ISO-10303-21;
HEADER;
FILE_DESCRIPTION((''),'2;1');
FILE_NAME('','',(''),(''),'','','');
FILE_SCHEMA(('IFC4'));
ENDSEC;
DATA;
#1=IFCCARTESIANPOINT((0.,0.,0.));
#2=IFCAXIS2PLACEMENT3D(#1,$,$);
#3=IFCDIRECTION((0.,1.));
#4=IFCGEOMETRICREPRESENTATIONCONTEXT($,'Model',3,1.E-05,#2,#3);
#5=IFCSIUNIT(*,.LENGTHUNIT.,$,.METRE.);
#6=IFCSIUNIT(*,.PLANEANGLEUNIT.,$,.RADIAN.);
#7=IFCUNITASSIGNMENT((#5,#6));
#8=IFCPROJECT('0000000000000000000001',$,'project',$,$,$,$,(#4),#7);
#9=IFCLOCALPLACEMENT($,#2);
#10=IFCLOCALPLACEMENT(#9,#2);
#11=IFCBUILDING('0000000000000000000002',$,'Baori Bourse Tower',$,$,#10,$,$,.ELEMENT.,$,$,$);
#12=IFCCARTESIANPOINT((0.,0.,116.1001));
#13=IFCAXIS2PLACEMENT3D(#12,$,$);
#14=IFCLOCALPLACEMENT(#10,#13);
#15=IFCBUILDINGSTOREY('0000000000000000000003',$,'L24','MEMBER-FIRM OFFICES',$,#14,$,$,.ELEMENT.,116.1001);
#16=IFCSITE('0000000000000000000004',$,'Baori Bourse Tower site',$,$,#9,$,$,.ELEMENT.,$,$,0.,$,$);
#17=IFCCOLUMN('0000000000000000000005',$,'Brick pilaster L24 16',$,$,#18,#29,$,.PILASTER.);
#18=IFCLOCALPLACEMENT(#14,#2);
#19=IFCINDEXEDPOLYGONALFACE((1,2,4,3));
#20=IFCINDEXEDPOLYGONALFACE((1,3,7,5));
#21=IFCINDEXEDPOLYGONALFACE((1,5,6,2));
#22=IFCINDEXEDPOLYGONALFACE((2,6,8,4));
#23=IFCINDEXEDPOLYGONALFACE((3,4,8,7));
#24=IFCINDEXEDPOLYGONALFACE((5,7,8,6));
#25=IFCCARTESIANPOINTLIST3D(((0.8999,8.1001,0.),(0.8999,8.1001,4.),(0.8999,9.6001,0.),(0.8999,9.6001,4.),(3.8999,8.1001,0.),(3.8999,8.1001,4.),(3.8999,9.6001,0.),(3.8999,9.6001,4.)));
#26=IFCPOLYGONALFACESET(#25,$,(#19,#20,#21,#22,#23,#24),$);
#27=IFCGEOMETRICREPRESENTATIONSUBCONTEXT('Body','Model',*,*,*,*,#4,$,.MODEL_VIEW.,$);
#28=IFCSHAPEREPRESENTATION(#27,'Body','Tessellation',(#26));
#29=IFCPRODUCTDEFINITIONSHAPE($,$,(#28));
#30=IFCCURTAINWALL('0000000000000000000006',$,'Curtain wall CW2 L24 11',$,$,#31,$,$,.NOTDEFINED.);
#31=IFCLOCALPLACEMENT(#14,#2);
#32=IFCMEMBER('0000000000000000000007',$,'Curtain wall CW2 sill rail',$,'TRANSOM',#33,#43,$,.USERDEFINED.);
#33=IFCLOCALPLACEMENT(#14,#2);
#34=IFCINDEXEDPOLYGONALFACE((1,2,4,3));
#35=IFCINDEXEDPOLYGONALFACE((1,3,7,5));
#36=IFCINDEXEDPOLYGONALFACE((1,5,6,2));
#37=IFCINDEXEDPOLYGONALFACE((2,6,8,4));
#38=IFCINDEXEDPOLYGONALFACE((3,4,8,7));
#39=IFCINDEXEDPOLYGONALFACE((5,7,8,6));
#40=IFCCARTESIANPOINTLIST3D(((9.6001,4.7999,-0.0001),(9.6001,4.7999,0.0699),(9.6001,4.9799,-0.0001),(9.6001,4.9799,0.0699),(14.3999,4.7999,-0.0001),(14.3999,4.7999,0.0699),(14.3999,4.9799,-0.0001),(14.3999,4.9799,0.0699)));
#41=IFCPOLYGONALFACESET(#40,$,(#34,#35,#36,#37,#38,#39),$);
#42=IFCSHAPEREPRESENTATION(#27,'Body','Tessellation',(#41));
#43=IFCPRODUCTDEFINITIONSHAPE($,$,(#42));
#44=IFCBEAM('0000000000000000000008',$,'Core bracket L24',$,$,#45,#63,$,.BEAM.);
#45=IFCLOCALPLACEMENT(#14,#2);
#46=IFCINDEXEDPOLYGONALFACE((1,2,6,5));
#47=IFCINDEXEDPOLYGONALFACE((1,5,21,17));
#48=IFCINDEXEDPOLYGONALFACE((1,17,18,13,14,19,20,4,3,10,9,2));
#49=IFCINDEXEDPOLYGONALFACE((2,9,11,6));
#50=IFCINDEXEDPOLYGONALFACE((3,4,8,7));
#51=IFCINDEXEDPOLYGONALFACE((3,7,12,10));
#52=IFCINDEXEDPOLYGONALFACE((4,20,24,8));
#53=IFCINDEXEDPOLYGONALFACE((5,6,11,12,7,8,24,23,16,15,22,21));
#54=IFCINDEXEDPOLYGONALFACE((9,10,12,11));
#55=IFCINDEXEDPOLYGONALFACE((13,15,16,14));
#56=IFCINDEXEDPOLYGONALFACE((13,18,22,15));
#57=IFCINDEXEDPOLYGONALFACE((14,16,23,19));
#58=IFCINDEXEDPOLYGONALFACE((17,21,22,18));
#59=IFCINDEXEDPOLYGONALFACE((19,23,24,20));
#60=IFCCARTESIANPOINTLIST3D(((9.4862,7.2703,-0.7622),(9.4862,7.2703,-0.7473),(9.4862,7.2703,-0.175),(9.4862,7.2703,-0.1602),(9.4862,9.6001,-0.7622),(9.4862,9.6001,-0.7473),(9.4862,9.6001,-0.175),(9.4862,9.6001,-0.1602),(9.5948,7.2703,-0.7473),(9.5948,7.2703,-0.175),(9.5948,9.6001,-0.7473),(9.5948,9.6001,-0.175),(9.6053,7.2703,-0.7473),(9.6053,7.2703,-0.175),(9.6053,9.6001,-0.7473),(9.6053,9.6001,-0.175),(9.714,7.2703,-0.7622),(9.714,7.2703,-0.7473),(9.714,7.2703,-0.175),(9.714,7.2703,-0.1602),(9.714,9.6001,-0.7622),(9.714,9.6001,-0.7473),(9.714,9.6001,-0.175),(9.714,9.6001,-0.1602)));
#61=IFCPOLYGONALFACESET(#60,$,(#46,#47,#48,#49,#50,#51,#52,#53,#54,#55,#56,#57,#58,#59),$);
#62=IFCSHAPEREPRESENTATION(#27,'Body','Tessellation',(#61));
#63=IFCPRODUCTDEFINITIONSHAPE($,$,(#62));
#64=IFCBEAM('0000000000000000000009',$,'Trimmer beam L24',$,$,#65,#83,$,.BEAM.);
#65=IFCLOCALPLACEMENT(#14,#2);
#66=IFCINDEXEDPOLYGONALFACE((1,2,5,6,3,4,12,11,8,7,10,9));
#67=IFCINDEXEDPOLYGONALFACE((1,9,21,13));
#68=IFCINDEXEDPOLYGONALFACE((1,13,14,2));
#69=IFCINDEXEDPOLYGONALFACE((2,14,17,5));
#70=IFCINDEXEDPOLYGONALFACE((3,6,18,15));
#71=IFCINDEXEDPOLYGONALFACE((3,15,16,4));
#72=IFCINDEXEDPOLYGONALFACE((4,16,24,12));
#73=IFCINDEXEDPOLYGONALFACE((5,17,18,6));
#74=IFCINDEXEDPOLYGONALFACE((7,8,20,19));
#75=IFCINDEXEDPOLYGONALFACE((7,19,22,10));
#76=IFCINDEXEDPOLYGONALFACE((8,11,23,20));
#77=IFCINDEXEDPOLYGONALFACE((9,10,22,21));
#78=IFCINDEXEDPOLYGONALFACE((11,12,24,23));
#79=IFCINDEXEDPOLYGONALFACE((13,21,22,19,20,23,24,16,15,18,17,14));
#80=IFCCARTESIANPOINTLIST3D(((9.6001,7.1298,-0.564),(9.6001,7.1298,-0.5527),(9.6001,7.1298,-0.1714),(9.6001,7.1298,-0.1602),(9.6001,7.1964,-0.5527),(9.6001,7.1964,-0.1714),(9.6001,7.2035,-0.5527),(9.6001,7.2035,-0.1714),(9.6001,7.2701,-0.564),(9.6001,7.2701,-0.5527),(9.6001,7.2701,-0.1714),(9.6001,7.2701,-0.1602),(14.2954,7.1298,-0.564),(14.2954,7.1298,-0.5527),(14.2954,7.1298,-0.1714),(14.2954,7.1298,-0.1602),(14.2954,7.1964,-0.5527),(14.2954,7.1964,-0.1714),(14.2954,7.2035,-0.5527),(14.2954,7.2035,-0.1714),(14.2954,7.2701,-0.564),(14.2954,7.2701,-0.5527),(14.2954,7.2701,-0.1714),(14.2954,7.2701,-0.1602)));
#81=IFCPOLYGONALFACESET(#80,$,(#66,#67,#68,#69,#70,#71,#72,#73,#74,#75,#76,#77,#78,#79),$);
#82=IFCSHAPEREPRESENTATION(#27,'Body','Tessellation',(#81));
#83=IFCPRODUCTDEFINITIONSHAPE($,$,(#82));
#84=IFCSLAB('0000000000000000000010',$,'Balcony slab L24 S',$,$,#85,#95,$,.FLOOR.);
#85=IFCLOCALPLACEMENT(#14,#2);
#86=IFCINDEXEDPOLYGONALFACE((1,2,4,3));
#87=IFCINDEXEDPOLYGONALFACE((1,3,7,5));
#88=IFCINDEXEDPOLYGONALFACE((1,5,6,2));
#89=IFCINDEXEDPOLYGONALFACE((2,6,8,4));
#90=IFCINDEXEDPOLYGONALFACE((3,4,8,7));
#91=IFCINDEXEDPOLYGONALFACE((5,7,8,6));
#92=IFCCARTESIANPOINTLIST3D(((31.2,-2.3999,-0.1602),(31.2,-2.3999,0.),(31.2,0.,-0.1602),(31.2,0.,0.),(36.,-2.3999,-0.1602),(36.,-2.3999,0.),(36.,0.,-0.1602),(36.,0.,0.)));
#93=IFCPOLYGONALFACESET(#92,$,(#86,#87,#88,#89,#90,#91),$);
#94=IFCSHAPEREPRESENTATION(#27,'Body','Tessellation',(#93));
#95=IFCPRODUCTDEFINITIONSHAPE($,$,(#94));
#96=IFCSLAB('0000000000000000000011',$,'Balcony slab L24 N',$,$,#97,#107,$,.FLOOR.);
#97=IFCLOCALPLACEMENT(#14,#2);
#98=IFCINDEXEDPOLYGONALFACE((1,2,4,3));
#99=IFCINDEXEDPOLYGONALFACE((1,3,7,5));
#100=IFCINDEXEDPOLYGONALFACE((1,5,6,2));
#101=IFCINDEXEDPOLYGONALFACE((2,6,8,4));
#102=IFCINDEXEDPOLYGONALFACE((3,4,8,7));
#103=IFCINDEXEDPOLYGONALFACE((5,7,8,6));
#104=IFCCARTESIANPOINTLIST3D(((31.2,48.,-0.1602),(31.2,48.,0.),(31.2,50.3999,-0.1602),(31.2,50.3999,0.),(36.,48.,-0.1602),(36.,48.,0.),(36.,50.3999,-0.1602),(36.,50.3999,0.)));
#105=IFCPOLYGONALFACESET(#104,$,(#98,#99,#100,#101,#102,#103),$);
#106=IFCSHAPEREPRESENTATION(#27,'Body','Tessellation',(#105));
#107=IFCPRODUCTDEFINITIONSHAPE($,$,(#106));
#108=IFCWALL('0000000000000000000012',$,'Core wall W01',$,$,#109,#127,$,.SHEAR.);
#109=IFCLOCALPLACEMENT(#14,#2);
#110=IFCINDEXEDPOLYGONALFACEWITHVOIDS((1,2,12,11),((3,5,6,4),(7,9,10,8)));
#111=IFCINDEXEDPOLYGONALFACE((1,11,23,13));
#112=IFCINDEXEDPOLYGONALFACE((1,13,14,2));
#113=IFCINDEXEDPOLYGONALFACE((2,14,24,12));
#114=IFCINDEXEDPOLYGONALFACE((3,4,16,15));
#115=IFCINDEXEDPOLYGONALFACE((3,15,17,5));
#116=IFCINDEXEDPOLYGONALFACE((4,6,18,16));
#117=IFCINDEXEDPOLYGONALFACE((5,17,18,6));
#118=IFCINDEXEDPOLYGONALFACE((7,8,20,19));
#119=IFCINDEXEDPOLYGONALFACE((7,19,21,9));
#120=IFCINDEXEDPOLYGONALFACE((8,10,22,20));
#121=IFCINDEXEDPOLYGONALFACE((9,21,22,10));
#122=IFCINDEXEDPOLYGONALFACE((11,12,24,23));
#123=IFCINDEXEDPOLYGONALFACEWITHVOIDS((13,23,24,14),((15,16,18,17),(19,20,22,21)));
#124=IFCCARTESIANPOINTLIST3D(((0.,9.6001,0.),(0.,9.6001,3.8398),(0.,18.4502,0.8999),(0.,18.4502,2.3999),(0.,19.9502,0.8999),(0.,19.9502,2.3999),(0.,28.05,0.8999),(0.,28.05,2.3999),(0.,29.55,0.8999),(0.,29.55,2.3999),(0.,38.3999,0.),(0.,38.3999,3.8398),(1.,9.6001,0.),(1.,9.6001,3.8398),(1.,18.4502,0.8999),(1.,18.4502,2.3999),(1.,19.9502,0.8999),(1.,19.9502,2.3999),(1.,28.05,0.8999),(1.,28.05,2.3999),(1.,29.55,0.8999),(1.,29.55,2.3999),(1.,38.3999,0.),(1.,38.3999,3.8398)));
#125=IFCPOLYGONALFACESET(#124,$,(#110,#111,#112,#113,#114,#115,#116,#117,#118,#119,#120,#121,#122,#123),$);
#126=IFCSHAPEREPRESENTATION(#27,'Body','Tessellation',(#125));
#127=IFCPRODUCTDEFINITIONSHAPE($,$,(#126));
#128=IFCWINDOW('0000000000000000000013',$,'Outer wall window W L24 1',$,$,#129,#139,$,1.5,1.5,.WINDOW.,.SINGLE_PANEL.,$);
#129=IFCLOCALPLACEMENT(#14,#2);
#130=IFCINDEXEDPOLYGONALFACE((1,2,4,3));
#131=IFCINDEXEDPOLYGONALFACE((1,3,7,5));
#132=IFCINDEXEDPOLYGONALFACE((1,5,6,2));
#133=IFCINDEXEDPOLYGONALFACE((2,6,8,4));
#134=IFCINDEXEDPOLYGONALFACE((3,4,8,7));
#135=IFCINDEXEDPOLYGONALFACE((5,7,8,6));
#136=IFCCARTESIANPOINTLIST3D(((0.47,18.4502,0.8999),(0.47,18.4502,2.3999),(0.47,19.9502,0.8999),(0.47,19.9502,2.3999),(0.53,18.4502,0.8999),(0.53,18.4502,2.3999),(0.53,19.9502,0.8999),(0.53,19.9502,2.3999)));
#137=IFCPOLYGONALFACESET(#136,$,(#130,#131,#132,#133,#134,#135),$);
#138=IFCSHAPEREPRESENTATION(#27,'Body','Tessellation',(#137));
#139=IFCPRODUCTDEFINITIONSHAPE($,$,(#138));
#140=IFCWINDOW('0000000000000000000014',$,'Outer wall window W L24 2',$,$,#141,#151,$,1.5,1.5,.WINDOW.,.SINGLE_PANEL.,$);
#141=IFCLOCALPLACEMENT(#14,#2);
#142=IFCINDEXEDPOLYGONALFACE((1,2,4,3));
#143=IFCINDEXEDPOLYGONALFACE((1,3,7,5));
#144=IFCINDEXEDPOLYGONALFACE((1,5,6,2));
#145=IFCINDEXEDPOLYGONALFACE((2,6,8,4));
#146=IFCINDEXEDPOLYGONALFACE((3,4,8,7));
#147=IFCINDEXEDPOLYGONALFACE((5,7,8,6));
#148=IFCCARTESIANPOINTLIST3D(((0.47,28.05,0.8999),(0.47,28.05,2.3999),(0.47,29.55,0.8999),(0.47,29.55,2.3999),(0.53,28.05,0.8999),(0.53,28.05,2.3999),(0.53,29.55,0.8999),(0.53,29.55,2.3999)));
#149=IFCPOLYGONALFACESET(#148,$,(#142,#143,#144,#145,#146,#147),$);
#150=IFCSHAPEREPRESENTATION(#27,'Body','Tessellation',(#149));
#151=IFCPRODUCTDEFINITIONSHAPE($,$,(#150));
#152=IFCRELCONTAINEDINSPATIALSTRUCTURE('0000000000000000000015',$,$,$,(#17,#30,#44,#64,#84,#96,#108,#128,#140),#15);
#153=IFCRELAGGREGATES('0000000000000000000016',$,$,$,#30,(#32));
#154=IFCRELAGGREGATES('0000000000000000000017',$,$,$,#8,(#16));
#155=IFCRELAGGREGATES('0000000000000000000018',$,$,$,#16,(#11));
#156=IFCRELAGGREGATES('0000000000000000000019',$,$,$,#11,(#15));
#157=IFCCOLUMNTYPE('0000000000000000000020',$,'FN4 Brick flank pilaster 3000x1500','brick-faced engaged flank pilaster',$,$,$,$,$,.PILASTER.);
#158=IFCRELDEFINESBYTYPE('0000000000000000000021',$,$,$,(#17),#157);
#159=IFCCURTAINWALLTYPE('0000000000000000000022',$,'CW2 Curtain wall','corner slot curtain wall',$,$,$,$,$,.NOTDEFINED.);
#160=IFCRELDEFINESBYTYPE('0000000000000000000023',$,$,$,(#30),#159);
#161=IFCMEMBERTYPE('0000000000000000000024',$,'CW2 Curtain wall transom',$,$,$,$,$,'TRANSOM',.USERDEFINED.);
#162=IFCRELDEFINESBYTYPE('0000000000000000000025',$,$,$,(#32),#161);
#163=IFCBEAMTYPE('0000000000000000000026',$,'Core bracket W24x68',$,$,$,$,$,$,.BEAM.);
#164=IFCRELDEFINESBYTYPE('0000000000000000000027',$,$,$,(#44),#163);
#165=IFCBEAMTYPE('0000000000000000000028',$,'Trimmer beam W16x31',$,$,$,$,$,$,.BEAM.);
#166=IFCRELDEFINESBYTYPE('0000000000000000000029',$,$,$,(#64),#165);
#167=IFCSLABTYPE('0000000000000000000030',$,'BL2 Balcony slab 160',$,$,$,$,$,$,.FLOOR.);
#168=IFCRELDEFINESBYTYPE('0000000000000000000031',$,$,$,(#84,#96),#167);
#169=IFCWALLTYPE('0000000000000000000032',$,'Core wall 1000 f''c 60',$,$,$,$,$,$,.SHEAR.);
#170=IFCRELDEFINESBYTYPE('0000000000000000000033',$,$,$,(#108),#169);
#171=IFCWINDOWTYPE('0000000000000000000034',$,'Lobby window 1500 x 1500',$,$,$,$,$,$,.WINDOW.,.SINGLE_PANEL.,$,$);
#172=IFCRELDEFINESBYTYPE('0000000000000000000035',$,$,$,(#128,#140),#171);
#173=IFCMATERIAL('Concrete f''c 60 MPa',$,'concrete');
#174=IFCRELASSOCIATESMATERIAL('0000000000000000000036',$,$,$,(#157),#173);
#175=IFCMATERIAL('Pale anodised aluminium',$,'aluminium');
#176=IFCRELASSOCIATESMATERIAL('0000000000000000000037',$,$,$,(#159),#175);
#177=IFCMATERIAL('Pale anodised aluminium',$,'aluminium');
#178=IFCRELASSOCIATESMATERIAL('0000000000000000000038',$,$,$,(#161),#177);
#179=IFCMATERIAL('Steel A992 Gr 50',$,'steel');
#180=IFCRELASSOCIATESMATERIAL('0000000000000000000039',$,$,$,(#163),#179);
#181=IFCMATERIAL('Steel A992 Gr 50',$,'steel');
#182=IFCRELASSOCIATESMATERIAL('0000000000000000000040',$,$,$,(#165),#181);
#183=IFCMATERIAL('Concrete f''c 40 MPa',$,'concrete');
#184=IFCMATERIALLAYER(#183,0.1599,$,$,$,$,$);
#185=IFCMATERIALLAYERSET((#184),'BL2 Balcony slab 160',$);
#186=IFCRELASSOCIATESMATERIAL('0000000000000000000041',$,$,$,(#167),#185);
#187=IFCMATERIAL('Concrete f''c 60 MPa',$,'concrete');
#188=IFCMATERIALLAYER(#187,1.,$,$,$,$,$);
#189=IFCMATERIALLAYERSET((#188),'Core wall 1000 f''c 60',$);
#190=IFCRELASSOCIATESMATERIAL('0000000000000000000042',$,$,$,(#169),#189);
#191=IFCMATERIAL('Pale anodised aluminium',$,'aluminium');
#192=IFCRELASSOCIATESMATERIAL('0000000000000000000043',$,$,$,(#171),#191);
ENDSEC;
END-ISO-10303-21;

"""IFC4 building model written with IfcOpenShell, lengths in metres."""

from ifc_helpers import new_model, si_unit, direction, frame, frame_2d, origin, origin_2d, place, context, subcontext, project, spatial, polyline, rectangle, i_section, outline, extrude, material, layer, layer_set, material_profile, profile_set, type_object, element, fill, aggregate, save


model = new_model("IFC4")

# Units and contexts
model_context = context("Model", 3, precision=1e-05, world=origin(), true_north=direction((0.0, 1.0)))
body_context = subcontext(model_context, "Body", "Model", "MODEL_VIEW")
ifc_project = project(units=[si_unit("LENGTHUNIT", "METRE"), si_unit("PLANEANGLEUNIT", "RADIAN")], contexts=[model_context])

# Site, building, storey
site_placement = place(None, origin())
site = spatial("IfcSite", under=ifc_project, at=site_placement, Name="Baori Bourse Tower site", CompositionType="ELEMENT", RefElevation=0.0)
building_placement = place(site_placement, origin())
building = spatial("IfcBuilding", under=site, at=building_placement, Name="Baori Bourse Tower", CompositionType="ELEMENT")
storey_placement = place(building_placement, frame((0.0, 0.0, 116.1001)))
storey = spatial("IfcBuildingStorey", under=building, at=storey_placement, Name="L24", Description="MEMBER-FIRM OFFICES", CompositionType="ELEMENT", Elevation=116.1001)

# Column
ifc_material_1 = material(Name="Concrete f'c 60 MPa", Category="concrete")
ifc_material_profile_1 = material_profile(ifc_material_1, rectangle(XDim=3.0, YDim=1.5, at=origin_2d()), Name="RC 3000x1500")
ifc_profile_set_1 = profile_set([ifc_material_profile_1], Name="Concrete f'c 60 MPa")
column_type = type_object("IfcColumnType", Name="FN4 Brick flank pilaster 3000x1500", Description="brick-faced engaged flank pilaster", PredefinedType="PILASTER", material=ifc_profile_set_1)
column_placement = place(storey_placement, frame((2.3999, 8.8501, 0.0), z_axis=(0.0, 0.0, 1.0), x_axis=(1.0, 0.0, 0.0)))
element("IfcColumn", 1, at=column_placement, inside=storey, type_object=column_type, Name="Brick pilaster L24 16", PredefinedType="PILASTER", context=body_context, shape_type="SweptSolid", body=[
    extrude(rectangle(XDim=3.0, YDim=1.5, at=origin_2d()), origin(), (0.0, 0.0, 1.0), 4.0),
])

# Curtain wall, member
ifc_material_2 = material(Name="Pale anodised aluminium", Category="aluminium")
curtain_wall_type = type_object("IfcCurtainWallType", Name="CW2 Curtain wall", Description="corner slot curtain wall", PredefinedType="NOTDEFINED", material=ifc_material_2)
curtain_wall_placement = place(storey_placement, origin())
curtain_wall = element("IfcCurtainWall", 2, at=curtain_wall_placement, inside=storey, type_object=curtain_wall_type, Name="Curtain wall CW2 L24 11", PredefinedType="NOTDEFINED")
ifc_material_3 = material(Name="Pale anodised aluminium", Category="aluminium")
ifc_material_profile_2 = material_profile(ifc_material_3, rectangle(XDim=0.1799, YDim=0.0701, at=origin_2d()), Name="Transom 70x180")
ifc_profile_set_2 = profile_set([ifc_material_profile_2], Name="Pale anodised aluminium")
member_type = type_object("IfcMemberType", Name="CW2 Curtain wall transom", ElementType="TRANSOM", PredefinedType="USERDEFINED", material=ifc_profile_set_2)
member_placement = place(storey_placement, frame((9.6001, 4.8899, 0.0349), z_axis=(1.0, 0.0, 0.0), x_axis=(0.0, 1.0, 0.0)))
member = element("IfcMember", 3, at=member_placement, type_object=member_type, Name="Curtain wall CW2 sill rail", ObjectType="TRANSOM", PredefinedType="USERDEFINED", context=body_context, shape_type="SweptSolid", body=[
    extrude(rectangle(XDim=0.1799, YDim=0.0701, at=origin_2d()), origin(), (0.0, 0.0, 1.0), 4.7998),
])
aggregate(curtain_wall, [member])

# Beams
ifc_material_4 = material(Name="Steel A992 Gr 50", Category="steel")
ifc_material_profile_3 = material_profile(ifc_material_4, i_section(OverallWidth=0.2278, OverallDepth=0.6021, WebThickness=0.0105, FlangeThickness=0.0149, at=origin_2d()), Name="W24x68")
ifc_profile_set_3 = profile_set([ifc_material_profile_3], Name="Steel A992 Gr 50")
beam_type_1 = type_object("IfcBeamType", Name="Core bracket W24x68", PredefinedType="BEAM", material=ifc_profile_set_3)
beam_1_placement = place(storey_placement, frame((9.6001, 7.2703, -0.4612), z_axis=(0.0, 1.0, 0.0), x_axis=(-1.0, 0.0, 0.0)))
element("IfcBeam", 4, at=beam_1_placement, inside=storey, type_object=beam_type_1, Name="Core bracket L24", PredefinedType="BEAM", context=body_context, shape_type="SweptSolid", body=[
    extrude(i_section(OverallWidth=0.2278, OverallDepth=0.6021, WebThickness=0.0105, FlangeThickness=0.0149, at=origin_2d()), origin(), (0.0, 0.0, 1.0), 2.3298),
])
ifc_material_5 = material(Name="Steel A992 Gr 50", Category="steel")
ifc_material_profile_4 = material_profile(ifc_material_5, i_section(OverallWidth=0.1404, OverallDepth=0.4038, WebThickness=0.0071, FlangeThickness=0.0112, at=origin_2d()), Name="W16x31")
ifc_profile_set_4 = profile_set([ifc_material_profile_4], Name="Steel A992 Gr 50")
beam_type_2 = type_object("IfcBeamType", Name="Trimmer beam W16x31", PredefinedType="BEAM", material=ifc_profile_set_4)
beam_2_placement = place(storey_placement, frame((9.6001, 7.2, -0.3621), z_axis=(1.0, 0.0, 0.0), x_axis=(0.0, 1.0, 0.0)))
element("IfcBeam", 5, at=beam_2_placement, inside=storey, type_object=beam_type_2, Name="Trimmer beam L24", PredefinedType="BEAM", context=body_context, shape_type="SweptSolid", body=[
    extrude(i_section(OverallWidth=0.1404, OverallDepth=0.4038, WebThickness=0.0071, FlangeThickness=0.0112, at=origin_2d()), origin(), (0.0, 0.0, 1.0), 4.6953),
])

# Slabs
ifc_material_6 = material(Name="Concrete f'c 40 MPa", Category="concrete")
ifc_layer_1 = layer(ifc_material_6, 0.1599)
ifc_layer_set_1 = layer_set([ifc_layer_1], Name="BL2 Balcony slab 160")
slab_type = type_object("IfcSlabType", Name="BL2 Balcony slab 160", PredefinedType="FLOOR", material=ifc_layer_set_1)
slab_1_placement = place(storey_placement, frame((0.0, 0.0, -0.1602)))
element("IfcSlab", 6, at=slab_1_placement, inside=storey, type_object=slab_type, Name="Balcony slab L24 S", PredefinedType="FLOOR", context=body_context, shape_type="SweptSolid", body=[
    extrude(outline(polyline([(31.2, 0.0), (31.2, -2.3999), (36.0, -2.3999), (36.0, 0.0), (31.2, 0.0)])), origin(), (0.0, 0.0, 1.0), 0.1602),
])
slab_2_placement = place(storey_placement, frame((0.0, 0.0, -0.1602)))
element("IfcSlab", 7, at=slab_2_placement, inside=storey, type_object=slab_type, Name="Balcony slab L24 N", PredefinedType="FLOOR", context=body_context, shape_type="SweptSolid", body=[
    extrude(outline(polyline([(31.2, 48.0), (36.0, 48.0), (36.0, 50.3999), (31.2, 50.3999), (31.2, 48.0)])), origin(), (0.0, 0.0, 1.0), 0.1602),
])

# Wall, openings, windows
ifc_material_7 = material(Name="Concrete f'c 60 MPa", Category="concrete")
ifc_layer_2 = layer(ifc_material_7, 1.0)
ifc_layer_set_2 = layer_set([ifc_layer_2], Name="Core wall 1000 f'c 60")
wall_type_1 = type_object("IfcWallType", Name="Core wall 1000 f'c 60", PredefinedType="SHEAR", material=ifc_layer_set_2)
wall_1_placement = place(storey_placement, frame((0.5, 9.6001, 0.0), z_axis=(0.0, 0.0, 1.0), x_axis=(0.0, 1.0, 0.0)))
wall_1 = element("IfcWall", 8, at=wall_1_placement, inside=storey, type_object=wall_type_1, Name="Core wall W01", PredefinedType="SHEAR", context=body_context, shape_type="SweptSolid", body=[
    extrude(rectangle(XDim=28.7998, YDim=1.0, at=frame_2d((14.3999, 0.0))), origin(), (0.0, 0.0, 1.0), 3.8398),
])
opening_1_placement = place(wall_1_placement, frame((8.8501, 0.0, 0.8999)))
opening_1 = element("IfcOpeningElement", 9, at=opening_1_placement, cuts=wall_1, PredefinedType="OPENING", context=body_context, shape_type="SweptSolid", body=[
    extrude(rectangle(XDim=1.5, YDim=1.5, at=frame_2d((0.75, 0.75))), frame((0.0, 0.51, 0.0), z_axis=(0.0, -1.0, 0.0), x_axis=(1.0, 0.0, 0.0)), (0.0, 0.0, 1.0), 1.02),
])
opening_2_placement = place(wall_1_placement, frame((18.45, 0.0, 0.8999)))
opening_2 = element("IfcOpeningElement", 10, at=opening_2_placement, cuts=wall_1, PredefinedType="OPENING", context=body_context, shape_type="SweptSolid", body=[
    extrude(rectangle(XDim=1.5, YDim=1.5, at=frame_2d((0.75, 0.75))), frame((0.0, 0.51, 0.0), z_axis=(0.0, -1.0, 0.0), x_axis=(1.0, 0.0, 0.0)), (0.0, 0.0, 1.0), 1.02),
])
ifc_material_8 = material(Name="Pale anodised aluminium", Category="aluminium")
window_type_1 = type_object("IfcWindowType", Name="Lobby window 1500 x 1500", PartitioningType="SINGLE_PANEL", PredefinedType="WINDOW", material=ifc_material_8)
window_1_placement = place(opening_1_placement, origin())
window_1 = element("IfcWindow", 11, at=window_1_placement, inside=storey, type_object=window_type_1, Name="Outer wall window W L24 1", OverallHeight=1.5, OverallWidth=1.5, PartitioningType="SINGLE_PANEL", PredefinedType="WINDOW", context=body_context, shape_type="SweptSolid", body=[
    extrude(rectangle(XDim=1.5, YDim=1.5, at=frame_2d((0.75, 0.75))), frame((0.0, 0.03, 0.0), z_axis=(0.0, -1.0, 0.0), x_axis=(1.0, 0.0, 0.0)), (0.0, 0.0, 1.0), 0.0601),
])
fill(opening_1, window_1)
window_2_placement = place(opening_2_placement, origin())
window_2 = element("IfcWindow", 12, at=window_2_placement, inside=storey, type_object=window_type_1, Name="Outer wall window W L24 2", OverallHeight=1.5, OverallWidth=1.5, PartitioningType="SINGLE_PANEL", PredefinedType="WINDOW", context=body_context, shape_type="SweptSolid", body=[
    extrude(rectangle(XDim=1.5, YDim=1.5, at=frame_2d((0.75, 0.75))), frame((0.0, 0.03, 0.0), z_axis=(0.0, -1.0, 0.0), x_axis=(1.0, 0.0, 0.0)), (0.0, 0.0, 1.0), 0.0601),
])
fill(opening_2, window_2)

save(model, "model.ifc")
